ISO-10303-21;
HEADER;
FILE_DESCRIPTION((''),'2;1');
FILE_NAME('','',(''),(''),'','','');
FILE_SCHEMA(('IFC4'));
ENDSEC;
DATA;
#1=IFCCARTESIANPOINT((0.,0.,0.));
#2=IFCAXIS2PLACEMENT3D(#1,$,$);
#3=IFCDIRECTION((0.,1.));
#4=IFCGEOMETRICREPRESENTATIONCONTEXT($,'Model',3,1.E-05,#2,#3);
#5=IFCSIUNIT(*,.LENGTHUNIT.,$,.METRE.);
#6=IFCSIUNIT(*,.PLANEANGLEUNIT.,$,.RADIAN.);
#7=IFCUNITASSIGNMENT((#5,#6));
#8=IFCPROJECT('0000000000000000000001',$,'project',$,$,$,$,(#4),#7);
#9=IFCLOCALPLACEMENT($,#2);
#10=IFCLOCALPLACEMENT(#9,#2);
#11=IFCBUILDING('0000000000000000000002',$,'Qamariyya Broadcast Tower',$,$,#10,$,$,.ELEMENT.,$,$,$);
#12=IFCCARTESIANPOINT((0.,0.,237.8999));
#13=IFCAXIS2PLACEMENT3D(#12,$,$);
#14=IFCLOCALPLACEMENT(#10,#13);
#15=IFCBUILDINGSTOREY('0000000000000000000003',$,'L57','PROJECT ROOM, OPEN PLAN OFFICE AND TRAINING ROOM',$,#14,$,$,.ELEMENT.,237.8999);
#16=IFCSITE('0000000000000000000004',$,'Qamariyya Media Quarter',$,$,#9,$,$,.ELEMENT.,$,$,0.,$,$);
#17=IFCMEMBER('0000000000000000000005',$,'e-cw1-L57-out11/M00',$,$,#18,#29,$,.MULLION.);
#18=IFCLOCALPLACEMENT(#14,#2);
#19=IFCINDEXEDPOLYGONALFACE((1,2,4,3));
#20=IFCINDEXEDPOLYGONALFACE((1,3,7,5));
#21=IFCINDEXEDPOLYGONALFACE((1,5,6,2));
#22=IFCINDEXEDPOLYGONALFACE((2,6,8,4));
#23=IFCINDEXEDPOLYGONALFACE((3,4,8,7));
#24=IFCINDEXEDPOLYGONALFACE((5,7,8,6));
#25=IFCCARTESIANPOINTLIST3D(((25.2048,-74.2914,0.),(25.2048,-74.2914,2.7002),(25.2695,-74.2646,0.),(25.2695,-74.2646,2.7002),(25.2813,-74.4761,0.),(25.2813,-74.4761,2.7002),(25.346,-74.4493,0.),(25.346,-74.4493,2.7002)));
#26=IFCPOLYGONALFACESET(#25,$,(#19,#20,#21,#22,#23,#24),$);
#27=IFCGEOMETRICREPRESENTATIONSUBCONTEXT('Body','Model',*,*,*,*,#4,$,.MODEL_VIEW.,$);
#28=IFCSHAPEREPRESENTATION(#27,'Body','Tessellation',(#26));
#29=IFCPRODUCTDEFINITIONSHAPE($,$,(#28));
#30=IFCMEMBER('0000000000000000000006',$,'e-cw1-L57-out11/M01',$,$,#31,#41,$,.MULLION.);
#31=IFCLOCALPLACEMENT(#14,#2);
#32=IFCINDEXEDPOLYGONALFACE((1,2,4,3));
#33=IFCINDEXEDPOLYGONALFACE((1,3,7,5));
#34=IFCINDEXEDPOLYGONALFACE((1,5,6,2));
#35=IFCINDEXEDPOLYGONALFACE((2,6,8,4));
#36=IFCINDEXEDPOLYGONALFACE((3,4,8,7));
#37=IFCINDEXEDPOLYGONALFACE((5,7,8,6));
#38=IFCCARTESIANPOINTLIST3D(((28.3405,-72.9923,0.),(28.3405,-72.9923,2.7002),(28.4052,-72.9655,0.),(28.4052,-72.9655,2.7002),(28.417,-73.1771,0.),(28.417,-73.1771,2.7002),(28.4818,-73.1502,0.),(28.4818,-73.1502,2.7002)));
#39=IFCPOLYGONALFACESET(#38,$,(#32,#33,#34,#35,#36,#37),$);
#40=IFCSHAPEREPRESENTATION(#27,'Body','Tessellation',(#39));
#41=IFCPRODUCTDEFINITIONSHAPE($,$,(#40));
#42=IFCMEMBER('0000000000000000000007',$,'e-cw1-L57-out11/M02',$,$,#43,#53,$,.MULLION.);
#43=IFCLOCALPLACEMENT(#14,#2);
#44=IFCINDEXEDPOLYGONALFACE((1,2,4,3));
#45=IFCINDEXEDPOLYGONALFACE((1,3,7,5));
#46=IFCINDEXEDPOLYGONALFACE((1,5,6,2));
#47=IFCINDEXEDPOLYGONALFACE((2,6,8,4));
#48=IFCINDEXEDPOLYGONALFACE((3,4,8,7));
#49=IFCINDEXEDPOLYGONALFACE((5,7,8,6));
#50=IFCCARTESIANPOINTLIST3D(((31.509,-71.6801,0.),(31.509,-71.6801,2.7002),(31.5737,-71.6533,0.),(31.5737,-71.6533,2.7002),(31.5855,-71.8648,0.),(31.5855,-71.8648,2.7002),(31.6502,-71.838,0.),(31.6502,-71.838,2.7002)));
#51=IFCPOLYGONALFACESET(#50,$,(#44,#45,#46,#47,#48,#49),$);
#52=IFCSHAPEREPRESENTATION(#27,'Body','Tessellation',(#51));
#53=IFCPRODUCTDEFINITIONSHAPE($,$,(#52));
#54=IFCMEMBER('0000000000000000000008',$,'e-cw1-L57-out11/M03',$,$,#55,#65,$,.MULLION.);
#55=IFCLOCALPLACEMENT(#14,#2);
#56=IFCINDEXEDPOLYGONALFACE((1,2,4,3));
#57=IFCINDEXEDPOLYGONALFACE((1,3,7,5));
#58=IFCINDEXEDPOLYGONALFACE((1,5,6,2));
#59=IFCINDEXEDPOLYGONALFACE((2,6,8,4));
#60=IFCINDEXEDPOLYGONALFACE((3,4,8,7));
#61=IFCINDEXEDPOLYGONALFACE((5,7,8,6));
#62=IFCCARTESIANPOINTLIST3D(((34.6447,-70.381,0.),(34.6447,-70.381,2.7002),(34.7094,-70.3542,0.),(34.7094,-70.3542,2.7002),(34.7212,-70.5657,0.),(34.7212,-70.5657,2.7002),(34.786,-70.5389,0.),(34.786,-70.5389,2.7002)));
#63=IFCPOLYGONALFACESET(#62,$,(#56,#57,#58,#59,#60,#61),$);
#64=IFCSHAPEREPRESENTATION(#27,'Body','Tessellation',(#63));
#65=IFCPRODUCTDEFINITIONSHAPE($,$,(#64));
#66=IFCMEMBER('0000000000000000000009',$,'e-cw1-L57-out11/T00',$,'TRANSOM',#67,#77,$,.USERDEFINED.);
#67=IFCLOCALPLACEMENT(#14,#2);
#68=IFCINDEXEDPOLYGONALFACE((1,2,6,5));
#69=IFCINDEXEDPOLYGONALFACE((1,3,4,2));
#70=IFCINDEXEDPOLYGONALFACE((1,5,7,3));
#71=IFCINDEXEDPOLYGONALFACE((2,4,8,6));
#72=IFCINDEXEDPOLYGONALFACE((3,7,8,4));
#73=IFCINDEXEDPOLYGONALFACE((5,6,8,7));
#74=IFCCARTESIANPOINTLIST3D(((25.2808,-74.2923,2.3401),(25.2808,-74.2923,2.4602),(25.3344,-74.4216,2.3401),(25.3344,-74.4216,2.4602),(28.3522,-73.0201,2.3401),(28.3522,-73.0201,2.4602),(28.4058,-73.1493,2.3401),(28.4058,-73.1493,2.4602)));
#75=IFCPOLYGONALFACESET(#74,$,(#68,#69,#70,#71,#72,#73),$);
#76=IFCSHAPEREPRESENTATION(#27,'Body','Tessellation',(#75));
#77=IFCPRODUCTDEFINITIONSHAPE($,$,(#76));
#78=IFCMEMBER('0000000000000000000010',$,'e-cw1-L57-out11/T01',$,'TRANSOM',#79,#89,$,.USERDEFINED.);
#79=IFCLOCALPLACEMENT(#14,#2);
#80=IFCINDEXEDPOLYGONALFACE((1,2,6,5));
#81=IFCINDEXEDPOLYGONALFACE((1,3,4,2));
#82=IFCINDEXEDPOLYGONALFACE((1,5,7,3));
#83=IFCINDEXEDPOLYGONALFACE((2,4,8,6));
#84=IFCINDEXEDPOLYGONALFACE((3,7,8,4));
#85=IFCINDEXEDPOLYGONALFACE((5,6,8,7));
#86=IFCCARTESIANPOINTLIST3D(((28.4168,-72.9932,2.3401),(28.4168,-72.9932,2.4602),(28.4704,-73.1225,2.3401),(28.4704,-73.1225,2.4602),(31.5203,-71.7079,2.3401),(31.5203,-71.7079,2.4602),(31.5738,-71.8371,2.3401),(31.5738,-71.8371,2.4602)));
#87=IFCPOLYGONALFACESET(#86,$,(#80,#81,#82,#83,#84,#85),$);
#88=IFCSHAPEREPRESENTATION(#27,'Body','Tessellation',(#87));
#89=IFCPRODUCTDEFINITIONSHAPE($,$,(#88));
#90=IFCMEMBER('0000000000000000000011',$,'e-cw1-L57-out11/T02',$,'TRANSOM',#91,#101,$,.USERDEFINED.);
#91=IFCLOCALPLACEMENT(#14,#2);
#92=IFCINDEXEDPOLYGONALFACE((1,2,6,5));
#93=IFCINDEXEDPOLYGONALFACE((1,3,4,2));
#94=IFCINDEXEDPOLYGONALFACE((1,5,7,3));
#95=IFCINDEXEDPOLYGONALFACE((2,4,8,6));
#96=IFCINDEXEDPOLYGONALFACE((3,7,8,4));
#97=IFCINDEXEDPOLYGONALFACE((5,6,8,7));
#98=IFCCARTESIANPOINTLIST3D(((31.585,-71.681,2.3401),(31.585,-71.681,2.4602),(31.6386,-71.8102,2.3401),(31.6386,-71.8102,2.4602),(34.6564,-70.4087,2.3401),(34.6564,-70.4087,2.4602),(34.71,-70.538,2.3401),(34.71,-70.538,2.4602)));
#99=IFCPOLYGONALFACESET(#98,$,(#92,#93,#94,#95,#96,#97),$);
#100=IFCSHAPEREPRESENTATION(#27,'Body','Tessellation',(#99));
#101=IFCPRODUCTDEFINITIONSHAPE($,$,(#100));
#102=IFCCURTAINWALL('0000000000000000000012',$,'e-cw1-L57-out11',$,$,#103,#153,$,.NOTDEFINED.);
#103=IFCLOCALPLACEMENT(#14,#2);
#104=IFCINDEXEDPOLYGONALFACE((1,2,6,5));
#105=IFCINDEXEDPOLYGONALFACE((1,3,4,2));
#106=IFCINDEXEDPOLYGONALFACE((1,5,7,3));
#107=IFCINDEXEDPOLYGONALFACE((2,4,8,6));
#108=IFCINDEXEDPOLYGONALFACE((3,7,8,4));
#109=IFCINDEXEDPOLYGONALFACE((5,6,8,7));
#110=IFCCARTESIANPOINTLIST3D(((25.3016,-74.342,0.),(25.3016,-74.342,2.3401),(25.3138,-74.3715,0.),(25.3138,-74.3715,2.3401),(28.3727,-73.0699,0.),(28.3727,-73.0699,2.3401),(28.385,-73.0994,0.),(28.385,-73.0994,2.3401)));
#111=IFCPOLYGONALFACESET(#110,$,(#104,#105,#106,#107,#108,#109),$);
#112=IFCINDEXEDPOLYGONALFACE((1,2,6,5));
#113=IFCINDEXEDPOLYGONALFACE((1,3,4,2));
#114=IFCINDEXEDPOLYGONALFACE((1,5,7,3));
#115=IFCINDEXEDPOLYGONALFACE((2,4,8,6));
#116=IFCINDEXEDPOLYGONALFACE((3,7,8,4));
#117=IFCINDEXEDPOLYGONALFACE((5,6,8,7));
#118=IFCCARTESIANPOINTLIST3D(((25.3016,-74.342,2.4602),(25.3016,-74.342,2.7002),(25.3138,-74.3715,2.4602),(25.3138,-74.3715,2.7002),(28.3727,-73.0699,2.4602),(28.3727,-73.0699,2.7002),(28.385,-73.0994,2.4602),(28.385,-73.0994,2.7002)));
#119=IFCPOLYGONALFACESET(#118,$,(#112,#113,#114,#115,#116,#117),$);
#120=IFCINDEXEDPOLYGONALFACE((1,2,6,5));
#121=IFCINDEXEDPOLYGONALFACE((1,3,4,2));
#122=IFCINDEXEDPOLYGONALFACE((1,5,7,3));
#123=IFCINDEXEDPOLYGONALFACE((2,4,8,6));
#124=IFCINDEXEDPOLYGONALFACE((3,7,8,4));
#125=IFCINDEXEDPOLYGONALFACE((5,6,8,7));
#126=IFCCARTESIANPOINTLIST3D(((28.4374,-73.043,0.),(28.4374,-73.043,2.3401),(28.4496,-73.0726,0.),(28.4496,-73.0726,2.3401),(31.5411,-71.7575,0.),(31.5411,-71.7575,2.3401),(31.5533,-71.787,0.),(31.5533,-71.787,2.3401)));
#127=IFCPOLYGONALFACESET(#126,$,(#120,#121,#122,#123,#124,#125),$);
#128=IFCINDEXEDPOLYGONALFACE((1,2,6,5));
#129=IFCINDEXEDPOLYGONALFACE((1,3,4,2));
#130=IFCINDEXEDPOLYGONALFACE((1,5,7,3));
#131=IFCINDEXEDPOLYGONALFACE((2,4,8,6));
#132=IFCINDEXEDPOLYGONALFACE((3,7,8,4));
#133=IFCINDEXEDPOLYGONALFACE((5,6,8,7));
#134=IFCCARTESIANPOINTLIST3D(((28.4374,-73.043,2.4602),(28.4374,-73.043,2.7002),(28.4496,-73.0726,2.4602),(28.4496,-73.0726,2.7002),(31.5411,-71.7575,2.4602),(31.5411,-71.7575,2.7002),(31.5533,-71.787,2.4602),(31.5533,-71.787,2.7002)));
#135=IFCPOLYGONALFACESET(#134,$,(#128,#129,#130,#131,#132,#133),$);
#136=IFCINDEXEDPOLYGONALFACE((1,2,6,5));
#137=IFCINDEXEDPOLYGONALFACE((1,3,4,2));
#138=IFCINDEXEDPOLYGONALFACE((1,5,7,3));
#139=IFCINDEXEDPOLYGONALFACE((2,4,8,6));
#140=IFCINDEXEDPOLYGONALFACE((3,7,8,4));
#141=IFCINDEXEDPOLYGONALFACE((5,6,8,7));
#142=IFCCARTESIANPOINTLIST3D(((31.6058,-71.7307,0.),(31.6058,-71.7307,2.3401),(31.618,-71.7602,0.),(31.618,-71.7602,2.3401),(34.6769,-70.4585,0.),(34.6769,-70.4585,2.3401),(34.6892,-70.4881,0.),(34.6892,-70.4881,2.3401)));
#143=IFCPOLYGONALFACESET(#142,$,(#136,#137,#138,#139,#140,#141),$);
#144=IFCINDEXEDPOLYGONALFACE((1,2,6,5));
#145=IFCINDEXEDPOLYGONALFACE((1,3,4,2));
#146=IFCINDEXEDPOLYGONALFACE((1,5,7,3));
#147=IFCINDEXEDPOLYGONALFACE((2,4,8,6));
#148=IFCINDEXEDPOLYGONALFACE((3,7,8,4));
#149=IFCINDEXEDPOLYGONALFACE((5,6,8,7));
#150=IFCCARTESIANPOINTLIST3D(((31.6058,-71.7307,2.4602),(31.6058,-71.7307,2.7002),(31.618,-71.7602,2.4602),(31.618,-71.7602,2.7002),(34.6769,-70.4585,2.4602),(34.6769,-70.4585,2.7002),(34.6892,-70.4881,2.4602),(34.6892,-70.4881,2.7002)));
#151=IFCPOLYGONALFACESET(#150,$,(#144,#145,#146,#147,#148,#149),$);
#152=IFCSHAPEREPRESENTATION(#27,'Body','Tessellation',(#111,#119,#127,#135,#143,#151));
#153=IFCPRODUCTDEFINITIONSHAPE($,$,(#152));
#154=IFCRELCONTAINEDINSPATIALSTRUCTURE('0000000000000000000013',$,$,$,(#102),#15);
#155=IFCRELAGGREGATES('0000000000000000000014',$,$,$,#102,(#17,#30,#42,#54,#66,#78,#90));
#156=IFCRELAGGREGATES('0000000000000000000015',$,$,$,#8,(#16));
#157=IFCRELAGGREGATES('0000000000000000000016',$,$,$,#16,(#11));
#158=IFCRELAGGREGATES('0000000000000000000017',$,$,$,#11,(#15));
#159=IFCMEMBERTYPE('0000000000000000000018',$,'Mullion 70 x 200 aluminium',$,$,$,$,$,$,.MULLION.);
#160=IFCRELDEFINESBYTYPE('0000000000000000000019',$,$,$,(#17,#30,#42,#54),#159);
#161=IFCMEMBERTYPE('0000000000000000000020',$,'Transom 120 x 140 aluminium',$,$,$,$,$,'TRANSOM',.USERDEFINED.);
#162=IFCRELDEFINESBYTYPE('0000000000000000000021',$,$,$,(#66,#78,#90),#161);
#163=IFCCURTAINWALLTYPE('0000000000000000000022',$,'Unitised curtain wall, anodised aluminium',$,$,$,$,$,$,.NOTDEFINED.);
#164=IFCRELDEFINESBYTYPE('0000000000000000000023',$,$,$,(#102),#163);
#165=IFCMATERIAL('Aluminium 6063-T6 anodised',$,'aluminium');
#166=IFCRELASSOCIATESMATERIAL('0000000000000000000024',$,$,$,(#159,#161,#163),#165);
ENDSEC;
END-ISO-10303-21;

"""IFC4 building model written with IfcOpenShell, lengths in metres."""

from ifc_helpers import new_model, si_unit, direction, frame, origin, origin_2d, place, context, subcontext, project, spatial, rectangle, extrude, material, material_profile, profile_set, type_object, element, aggregate, save


model = new_model("IFC4")

# Units and contexts
model_context = context("Model", 3, precision=1e-05, world=origin(), true_north=direction((0.0, 1.0)))
body_context = subcontext(model_context, "Body", "Model", "MODEL_VIEW")
ifc_project = project(units=[si_unit("LENGTHUNIT", "METRE"), si_unit("PLANEANGLEUNIT", "RADIAN")], contexts=[model_context])

# Members
ifc_material = material(Name="Aluminium 6063-T6 anodised", Category="aluminium")
ifc_material_profile_1 = material_profile(ifc_material, rectangle(XDim=0.2, YDim=0.0701, at=origin_2d()))
ifc_profile_set_1 = profile_set([ifc_material_profile_1], Name="Aluminium 6063-T6 anodised")
member_type_1 = type_object("IfcMemberType", Name="Mullion 70 x 200 aluminium", PredefinedType="MULLION", material=ifc_profile_set_1)
site_placement = place(None, origin())
building_placement = place(site_placement, origin())
storey_placement = place(building_placement, frame((0.0, 0.0, 237.8999)))
member_1_placement = place(storey_placement, frame((25.2754, -74.3704, 0.0), z_axis=(0.0, 0.0, 1.0), x_axis=(-0.382683, 0.92388, 0.0)))
member_1 = element("IfcMember", 1, at=member_1_placement, type_object=member_type_1, Name="e-cw1-L57-out11/M00", PredefinedType="MULLION", context=body_context, shape_type="SweptSolid", body=[
    extrude(rectangle(XDim=0.2, YDim=0.0701, at=origin_2d()), origin(), (0.0, 0.0, 1.0), 2.7002),
])
member_2_placement = place(storey_placement, frame((28.4111, -73.0713, 0.0), z_axis=(0.0, 0.0, 1.0), x_axis=(-0.382683, 0.92388, 0.0)))
member_2 = element("IfcMember", 2, at=member_2_placement, type_object=member_type_1, Name="e-cw1-L57-out11/M01", PredefinedType="MULLION", context=body_context, shape_type="SweptSolid", body=[
    extrude(rectangle(XDim=0.2, YDim=0.0701, at=origin_2d()), origin(), (0.0, 0.0, 1.0), 2.7002),
])
member_3_placement = place(storey_placement, frame((31.5796, -71.759, 0.0), z_axis=(0.0, 0.0, 1.0), x_axis=(-0.382683, 0.92388, 0.0)))
member_3 = element("IfcMember", 3, at=member_3_placement, type_object=member_type_1, Name="e-cw1-L57-out11/M02", PredefinedType="MULLION", context=body_context, shape_type="SweptSolid", body=[
    extrude(rectangle(XDim=0.2, YDim=0.0701, at=origin_2d()), origin(), (0.0, 0.0, 1.0), 2.7002),
])
member_4_placement = place(storey_placement, frame((34.7153, -70.46, 0.0), z_axis=(0.0, 0.0, 1.0), x_axis=(-0.382683, 0.92388, 0.0)))
member_4 = element("IfcMember", 4, at=member_4_placement, type_object=member_type_1, Name="e-cw1-L57-out11/M03", PredefinedType="MULLION", context=body_context, shape_type="SweptSolid", body=[
    extrude(rectangle(XDim=0.2, YDim=0.0701, at=origin_2d()), origin(), (0.0, 0.0, 1.0), 2.7002),
])
ifc_material_profile_2 = material_profile(ifc_material, rectangle(XDim=0.1399, YDim=0.1201, at=origin_2d()))
ifc_profile_set_2 = profile_set([ifc_material_profile_2], Name="Aluminium 6063-T6 anodised")
member_type_2 = type_object("IfcMemberType", Name="Transom 120 x 140 aluminium", ElementType="TRANSOM", PredefinedType="USERDEFINED", material=ifc_profile_set_2)
member_5_placement = place(storey_placement, frame((25.3076, -74.3569, 2.4001), z_axis=(0.923875, 0.382696, 0.0), x_axis=(-0.382696, 0.923875, 0.0)))
member_5 = element("IfcMember", 5, at=member_5_placement, type_object=member_type_2, Name="e-cw1-L57-out11/T00", ObjectType="TRANSOM", PredefinedType="USERDEFINED", context=body_context, shape_type="SweptSolid", body=[
    extrude(rectangle(XDim=0.1399, YDim=0.1201, at=origin_2d()), origin(), (0.0, 0.0, 1.0), 3.3245),
])
member_6_placement = place(storey_placement, frame((28.4436, -73.0579, 2.4001), z_axis=(0.923892, 0.382653, 0.0), x_axis=(-0.382653, 0.923892, 0.0)))
member_6 = element("IfcMember", 6, at=member_6_placement, type_object=member_type_2, Name="e-cw1-L57-out11/T01", ObjectType="TRANSOM", PredefinedType="USERDEFINED", context=body_context, shape_type="SweptSolid", body=[
    extrude(rectangle(XDim=0.1399, YDim=0.1201, at=origin_2d()), origin(), (0.0, 0.0, 1.0), 3.3591),
])
member_7_placement = place(storey_placement, frame((31.6118, -71.7456, 2.4001), z_axis=(0.923875, 0.382696, 0.0), x_axis=(-0.382696, 0.923875, 0.0)))
member_7 = element("IfcMember", 7, at=member_7_placement, type_object=member_type_2, Name="e-cw1-L57-out11/T02", ObjectType="TRANSOM", PredefinedType="USERDEFINED", context=body_context, shape_type="SweptSolid", body=[
    extrude(rectangle(XDim=0.1399, YDim=0.1201, at=origin_2d()), origin(), (0.0, 0.0, 1.0), 3.3245),
])

# Site, building, storey
site = spatial("IfcSite", under=ifc_project, at=site_placement, Name="Qamariyya Media Quarter", CompositionType="ELEMENT", RefElevation=0.0)
building = spatial("IfcBuilding", under=site, at=building_placement, Name="Qamariyya Broadcast Tower", CompositionType="ELEMENT")
storey = spatial("IfcBuildingStorey", under=building, at=storey_placement, Name="L57", Description="PROJECT ROOM, OPEN PLAN OFFICE AND TRAINING ROOM", CompositionType="ELEMENT", Elevation=237.8999)

# Curtain wall
curtain_wall_type = type_object("IfcCurtainWallType", Name="Unitised curtain wall, anodised aluminium", PredefinedType="NOTDEFINED", material=ifc_material)
curtain_wall_1_placement = place(storey_placement, origin())
curtain_wall_1 = element("IfcCurtainWall", 8, at=curtain_wall_1_placement, inside=storey, type_object=curtain_wall_type, Name="e-cw1-L57-out11", PredefinedType="NOTDEFINED", context=body_context, shape_type="SweptSolid", body=[
    extrude(rectangle(XDim=3.3242, YDim=0.032, at=origin_2d()), frame((26.8433, -73.7207, 0.0), x_axis=(0.923881, 0.38268, 0.0)), (0.0, 0.0, 1.0), 2.3401),
    extrude(rectangle(XDim=3.3242, YDim=0.032, at=origin_2d()), frame((26.8433, -73.7207, 2.4602), x_axis=(0.923881, 0.38268, 0.0)), (0.0, 0.0, 1.0), 0.24),
    extrude(rectangle(XDim=3.3594, YDim=0.032, at=origin_2d()), frame((29.9954, -72.415, 0.0), x_axis=(0.923881, 0.38268, 0.0)), (0.0, 0.0, 1.0), 2.3401),
    extrude(rectangle(XDim=3.3594, YDim=0.032, at=origin_2d()), frame((29.9954, -72.415, 2.4602), x_axis=(0.923881, 0.38268, 0.0)), (0.0, 0.0, 1.0), 0.24),
    extrude(rectangle(XDim=3.3242, YDim=0.032, at=origin_2d()), frame((33.1475, -71.1094, 0.0), x_axis=(0.923881, 0.38268, 0.0)), (0.0, 0.0, 1.0), 2.3401),
    extrude(rectangle(XDim=3.3242, YDim=0.032, at=origin_2d()), frame((33.1475, -71.1094, 2.4602), x_axis=(0.923881, 0.38268, 0.0)), (0.0, 0.0, 1.0), 0.24),
])
aggregate(curtain_wall_1, [member_1, member_2, member_3, member_4, member_5, member_6, member_7])

save(model, "model.ifc")
